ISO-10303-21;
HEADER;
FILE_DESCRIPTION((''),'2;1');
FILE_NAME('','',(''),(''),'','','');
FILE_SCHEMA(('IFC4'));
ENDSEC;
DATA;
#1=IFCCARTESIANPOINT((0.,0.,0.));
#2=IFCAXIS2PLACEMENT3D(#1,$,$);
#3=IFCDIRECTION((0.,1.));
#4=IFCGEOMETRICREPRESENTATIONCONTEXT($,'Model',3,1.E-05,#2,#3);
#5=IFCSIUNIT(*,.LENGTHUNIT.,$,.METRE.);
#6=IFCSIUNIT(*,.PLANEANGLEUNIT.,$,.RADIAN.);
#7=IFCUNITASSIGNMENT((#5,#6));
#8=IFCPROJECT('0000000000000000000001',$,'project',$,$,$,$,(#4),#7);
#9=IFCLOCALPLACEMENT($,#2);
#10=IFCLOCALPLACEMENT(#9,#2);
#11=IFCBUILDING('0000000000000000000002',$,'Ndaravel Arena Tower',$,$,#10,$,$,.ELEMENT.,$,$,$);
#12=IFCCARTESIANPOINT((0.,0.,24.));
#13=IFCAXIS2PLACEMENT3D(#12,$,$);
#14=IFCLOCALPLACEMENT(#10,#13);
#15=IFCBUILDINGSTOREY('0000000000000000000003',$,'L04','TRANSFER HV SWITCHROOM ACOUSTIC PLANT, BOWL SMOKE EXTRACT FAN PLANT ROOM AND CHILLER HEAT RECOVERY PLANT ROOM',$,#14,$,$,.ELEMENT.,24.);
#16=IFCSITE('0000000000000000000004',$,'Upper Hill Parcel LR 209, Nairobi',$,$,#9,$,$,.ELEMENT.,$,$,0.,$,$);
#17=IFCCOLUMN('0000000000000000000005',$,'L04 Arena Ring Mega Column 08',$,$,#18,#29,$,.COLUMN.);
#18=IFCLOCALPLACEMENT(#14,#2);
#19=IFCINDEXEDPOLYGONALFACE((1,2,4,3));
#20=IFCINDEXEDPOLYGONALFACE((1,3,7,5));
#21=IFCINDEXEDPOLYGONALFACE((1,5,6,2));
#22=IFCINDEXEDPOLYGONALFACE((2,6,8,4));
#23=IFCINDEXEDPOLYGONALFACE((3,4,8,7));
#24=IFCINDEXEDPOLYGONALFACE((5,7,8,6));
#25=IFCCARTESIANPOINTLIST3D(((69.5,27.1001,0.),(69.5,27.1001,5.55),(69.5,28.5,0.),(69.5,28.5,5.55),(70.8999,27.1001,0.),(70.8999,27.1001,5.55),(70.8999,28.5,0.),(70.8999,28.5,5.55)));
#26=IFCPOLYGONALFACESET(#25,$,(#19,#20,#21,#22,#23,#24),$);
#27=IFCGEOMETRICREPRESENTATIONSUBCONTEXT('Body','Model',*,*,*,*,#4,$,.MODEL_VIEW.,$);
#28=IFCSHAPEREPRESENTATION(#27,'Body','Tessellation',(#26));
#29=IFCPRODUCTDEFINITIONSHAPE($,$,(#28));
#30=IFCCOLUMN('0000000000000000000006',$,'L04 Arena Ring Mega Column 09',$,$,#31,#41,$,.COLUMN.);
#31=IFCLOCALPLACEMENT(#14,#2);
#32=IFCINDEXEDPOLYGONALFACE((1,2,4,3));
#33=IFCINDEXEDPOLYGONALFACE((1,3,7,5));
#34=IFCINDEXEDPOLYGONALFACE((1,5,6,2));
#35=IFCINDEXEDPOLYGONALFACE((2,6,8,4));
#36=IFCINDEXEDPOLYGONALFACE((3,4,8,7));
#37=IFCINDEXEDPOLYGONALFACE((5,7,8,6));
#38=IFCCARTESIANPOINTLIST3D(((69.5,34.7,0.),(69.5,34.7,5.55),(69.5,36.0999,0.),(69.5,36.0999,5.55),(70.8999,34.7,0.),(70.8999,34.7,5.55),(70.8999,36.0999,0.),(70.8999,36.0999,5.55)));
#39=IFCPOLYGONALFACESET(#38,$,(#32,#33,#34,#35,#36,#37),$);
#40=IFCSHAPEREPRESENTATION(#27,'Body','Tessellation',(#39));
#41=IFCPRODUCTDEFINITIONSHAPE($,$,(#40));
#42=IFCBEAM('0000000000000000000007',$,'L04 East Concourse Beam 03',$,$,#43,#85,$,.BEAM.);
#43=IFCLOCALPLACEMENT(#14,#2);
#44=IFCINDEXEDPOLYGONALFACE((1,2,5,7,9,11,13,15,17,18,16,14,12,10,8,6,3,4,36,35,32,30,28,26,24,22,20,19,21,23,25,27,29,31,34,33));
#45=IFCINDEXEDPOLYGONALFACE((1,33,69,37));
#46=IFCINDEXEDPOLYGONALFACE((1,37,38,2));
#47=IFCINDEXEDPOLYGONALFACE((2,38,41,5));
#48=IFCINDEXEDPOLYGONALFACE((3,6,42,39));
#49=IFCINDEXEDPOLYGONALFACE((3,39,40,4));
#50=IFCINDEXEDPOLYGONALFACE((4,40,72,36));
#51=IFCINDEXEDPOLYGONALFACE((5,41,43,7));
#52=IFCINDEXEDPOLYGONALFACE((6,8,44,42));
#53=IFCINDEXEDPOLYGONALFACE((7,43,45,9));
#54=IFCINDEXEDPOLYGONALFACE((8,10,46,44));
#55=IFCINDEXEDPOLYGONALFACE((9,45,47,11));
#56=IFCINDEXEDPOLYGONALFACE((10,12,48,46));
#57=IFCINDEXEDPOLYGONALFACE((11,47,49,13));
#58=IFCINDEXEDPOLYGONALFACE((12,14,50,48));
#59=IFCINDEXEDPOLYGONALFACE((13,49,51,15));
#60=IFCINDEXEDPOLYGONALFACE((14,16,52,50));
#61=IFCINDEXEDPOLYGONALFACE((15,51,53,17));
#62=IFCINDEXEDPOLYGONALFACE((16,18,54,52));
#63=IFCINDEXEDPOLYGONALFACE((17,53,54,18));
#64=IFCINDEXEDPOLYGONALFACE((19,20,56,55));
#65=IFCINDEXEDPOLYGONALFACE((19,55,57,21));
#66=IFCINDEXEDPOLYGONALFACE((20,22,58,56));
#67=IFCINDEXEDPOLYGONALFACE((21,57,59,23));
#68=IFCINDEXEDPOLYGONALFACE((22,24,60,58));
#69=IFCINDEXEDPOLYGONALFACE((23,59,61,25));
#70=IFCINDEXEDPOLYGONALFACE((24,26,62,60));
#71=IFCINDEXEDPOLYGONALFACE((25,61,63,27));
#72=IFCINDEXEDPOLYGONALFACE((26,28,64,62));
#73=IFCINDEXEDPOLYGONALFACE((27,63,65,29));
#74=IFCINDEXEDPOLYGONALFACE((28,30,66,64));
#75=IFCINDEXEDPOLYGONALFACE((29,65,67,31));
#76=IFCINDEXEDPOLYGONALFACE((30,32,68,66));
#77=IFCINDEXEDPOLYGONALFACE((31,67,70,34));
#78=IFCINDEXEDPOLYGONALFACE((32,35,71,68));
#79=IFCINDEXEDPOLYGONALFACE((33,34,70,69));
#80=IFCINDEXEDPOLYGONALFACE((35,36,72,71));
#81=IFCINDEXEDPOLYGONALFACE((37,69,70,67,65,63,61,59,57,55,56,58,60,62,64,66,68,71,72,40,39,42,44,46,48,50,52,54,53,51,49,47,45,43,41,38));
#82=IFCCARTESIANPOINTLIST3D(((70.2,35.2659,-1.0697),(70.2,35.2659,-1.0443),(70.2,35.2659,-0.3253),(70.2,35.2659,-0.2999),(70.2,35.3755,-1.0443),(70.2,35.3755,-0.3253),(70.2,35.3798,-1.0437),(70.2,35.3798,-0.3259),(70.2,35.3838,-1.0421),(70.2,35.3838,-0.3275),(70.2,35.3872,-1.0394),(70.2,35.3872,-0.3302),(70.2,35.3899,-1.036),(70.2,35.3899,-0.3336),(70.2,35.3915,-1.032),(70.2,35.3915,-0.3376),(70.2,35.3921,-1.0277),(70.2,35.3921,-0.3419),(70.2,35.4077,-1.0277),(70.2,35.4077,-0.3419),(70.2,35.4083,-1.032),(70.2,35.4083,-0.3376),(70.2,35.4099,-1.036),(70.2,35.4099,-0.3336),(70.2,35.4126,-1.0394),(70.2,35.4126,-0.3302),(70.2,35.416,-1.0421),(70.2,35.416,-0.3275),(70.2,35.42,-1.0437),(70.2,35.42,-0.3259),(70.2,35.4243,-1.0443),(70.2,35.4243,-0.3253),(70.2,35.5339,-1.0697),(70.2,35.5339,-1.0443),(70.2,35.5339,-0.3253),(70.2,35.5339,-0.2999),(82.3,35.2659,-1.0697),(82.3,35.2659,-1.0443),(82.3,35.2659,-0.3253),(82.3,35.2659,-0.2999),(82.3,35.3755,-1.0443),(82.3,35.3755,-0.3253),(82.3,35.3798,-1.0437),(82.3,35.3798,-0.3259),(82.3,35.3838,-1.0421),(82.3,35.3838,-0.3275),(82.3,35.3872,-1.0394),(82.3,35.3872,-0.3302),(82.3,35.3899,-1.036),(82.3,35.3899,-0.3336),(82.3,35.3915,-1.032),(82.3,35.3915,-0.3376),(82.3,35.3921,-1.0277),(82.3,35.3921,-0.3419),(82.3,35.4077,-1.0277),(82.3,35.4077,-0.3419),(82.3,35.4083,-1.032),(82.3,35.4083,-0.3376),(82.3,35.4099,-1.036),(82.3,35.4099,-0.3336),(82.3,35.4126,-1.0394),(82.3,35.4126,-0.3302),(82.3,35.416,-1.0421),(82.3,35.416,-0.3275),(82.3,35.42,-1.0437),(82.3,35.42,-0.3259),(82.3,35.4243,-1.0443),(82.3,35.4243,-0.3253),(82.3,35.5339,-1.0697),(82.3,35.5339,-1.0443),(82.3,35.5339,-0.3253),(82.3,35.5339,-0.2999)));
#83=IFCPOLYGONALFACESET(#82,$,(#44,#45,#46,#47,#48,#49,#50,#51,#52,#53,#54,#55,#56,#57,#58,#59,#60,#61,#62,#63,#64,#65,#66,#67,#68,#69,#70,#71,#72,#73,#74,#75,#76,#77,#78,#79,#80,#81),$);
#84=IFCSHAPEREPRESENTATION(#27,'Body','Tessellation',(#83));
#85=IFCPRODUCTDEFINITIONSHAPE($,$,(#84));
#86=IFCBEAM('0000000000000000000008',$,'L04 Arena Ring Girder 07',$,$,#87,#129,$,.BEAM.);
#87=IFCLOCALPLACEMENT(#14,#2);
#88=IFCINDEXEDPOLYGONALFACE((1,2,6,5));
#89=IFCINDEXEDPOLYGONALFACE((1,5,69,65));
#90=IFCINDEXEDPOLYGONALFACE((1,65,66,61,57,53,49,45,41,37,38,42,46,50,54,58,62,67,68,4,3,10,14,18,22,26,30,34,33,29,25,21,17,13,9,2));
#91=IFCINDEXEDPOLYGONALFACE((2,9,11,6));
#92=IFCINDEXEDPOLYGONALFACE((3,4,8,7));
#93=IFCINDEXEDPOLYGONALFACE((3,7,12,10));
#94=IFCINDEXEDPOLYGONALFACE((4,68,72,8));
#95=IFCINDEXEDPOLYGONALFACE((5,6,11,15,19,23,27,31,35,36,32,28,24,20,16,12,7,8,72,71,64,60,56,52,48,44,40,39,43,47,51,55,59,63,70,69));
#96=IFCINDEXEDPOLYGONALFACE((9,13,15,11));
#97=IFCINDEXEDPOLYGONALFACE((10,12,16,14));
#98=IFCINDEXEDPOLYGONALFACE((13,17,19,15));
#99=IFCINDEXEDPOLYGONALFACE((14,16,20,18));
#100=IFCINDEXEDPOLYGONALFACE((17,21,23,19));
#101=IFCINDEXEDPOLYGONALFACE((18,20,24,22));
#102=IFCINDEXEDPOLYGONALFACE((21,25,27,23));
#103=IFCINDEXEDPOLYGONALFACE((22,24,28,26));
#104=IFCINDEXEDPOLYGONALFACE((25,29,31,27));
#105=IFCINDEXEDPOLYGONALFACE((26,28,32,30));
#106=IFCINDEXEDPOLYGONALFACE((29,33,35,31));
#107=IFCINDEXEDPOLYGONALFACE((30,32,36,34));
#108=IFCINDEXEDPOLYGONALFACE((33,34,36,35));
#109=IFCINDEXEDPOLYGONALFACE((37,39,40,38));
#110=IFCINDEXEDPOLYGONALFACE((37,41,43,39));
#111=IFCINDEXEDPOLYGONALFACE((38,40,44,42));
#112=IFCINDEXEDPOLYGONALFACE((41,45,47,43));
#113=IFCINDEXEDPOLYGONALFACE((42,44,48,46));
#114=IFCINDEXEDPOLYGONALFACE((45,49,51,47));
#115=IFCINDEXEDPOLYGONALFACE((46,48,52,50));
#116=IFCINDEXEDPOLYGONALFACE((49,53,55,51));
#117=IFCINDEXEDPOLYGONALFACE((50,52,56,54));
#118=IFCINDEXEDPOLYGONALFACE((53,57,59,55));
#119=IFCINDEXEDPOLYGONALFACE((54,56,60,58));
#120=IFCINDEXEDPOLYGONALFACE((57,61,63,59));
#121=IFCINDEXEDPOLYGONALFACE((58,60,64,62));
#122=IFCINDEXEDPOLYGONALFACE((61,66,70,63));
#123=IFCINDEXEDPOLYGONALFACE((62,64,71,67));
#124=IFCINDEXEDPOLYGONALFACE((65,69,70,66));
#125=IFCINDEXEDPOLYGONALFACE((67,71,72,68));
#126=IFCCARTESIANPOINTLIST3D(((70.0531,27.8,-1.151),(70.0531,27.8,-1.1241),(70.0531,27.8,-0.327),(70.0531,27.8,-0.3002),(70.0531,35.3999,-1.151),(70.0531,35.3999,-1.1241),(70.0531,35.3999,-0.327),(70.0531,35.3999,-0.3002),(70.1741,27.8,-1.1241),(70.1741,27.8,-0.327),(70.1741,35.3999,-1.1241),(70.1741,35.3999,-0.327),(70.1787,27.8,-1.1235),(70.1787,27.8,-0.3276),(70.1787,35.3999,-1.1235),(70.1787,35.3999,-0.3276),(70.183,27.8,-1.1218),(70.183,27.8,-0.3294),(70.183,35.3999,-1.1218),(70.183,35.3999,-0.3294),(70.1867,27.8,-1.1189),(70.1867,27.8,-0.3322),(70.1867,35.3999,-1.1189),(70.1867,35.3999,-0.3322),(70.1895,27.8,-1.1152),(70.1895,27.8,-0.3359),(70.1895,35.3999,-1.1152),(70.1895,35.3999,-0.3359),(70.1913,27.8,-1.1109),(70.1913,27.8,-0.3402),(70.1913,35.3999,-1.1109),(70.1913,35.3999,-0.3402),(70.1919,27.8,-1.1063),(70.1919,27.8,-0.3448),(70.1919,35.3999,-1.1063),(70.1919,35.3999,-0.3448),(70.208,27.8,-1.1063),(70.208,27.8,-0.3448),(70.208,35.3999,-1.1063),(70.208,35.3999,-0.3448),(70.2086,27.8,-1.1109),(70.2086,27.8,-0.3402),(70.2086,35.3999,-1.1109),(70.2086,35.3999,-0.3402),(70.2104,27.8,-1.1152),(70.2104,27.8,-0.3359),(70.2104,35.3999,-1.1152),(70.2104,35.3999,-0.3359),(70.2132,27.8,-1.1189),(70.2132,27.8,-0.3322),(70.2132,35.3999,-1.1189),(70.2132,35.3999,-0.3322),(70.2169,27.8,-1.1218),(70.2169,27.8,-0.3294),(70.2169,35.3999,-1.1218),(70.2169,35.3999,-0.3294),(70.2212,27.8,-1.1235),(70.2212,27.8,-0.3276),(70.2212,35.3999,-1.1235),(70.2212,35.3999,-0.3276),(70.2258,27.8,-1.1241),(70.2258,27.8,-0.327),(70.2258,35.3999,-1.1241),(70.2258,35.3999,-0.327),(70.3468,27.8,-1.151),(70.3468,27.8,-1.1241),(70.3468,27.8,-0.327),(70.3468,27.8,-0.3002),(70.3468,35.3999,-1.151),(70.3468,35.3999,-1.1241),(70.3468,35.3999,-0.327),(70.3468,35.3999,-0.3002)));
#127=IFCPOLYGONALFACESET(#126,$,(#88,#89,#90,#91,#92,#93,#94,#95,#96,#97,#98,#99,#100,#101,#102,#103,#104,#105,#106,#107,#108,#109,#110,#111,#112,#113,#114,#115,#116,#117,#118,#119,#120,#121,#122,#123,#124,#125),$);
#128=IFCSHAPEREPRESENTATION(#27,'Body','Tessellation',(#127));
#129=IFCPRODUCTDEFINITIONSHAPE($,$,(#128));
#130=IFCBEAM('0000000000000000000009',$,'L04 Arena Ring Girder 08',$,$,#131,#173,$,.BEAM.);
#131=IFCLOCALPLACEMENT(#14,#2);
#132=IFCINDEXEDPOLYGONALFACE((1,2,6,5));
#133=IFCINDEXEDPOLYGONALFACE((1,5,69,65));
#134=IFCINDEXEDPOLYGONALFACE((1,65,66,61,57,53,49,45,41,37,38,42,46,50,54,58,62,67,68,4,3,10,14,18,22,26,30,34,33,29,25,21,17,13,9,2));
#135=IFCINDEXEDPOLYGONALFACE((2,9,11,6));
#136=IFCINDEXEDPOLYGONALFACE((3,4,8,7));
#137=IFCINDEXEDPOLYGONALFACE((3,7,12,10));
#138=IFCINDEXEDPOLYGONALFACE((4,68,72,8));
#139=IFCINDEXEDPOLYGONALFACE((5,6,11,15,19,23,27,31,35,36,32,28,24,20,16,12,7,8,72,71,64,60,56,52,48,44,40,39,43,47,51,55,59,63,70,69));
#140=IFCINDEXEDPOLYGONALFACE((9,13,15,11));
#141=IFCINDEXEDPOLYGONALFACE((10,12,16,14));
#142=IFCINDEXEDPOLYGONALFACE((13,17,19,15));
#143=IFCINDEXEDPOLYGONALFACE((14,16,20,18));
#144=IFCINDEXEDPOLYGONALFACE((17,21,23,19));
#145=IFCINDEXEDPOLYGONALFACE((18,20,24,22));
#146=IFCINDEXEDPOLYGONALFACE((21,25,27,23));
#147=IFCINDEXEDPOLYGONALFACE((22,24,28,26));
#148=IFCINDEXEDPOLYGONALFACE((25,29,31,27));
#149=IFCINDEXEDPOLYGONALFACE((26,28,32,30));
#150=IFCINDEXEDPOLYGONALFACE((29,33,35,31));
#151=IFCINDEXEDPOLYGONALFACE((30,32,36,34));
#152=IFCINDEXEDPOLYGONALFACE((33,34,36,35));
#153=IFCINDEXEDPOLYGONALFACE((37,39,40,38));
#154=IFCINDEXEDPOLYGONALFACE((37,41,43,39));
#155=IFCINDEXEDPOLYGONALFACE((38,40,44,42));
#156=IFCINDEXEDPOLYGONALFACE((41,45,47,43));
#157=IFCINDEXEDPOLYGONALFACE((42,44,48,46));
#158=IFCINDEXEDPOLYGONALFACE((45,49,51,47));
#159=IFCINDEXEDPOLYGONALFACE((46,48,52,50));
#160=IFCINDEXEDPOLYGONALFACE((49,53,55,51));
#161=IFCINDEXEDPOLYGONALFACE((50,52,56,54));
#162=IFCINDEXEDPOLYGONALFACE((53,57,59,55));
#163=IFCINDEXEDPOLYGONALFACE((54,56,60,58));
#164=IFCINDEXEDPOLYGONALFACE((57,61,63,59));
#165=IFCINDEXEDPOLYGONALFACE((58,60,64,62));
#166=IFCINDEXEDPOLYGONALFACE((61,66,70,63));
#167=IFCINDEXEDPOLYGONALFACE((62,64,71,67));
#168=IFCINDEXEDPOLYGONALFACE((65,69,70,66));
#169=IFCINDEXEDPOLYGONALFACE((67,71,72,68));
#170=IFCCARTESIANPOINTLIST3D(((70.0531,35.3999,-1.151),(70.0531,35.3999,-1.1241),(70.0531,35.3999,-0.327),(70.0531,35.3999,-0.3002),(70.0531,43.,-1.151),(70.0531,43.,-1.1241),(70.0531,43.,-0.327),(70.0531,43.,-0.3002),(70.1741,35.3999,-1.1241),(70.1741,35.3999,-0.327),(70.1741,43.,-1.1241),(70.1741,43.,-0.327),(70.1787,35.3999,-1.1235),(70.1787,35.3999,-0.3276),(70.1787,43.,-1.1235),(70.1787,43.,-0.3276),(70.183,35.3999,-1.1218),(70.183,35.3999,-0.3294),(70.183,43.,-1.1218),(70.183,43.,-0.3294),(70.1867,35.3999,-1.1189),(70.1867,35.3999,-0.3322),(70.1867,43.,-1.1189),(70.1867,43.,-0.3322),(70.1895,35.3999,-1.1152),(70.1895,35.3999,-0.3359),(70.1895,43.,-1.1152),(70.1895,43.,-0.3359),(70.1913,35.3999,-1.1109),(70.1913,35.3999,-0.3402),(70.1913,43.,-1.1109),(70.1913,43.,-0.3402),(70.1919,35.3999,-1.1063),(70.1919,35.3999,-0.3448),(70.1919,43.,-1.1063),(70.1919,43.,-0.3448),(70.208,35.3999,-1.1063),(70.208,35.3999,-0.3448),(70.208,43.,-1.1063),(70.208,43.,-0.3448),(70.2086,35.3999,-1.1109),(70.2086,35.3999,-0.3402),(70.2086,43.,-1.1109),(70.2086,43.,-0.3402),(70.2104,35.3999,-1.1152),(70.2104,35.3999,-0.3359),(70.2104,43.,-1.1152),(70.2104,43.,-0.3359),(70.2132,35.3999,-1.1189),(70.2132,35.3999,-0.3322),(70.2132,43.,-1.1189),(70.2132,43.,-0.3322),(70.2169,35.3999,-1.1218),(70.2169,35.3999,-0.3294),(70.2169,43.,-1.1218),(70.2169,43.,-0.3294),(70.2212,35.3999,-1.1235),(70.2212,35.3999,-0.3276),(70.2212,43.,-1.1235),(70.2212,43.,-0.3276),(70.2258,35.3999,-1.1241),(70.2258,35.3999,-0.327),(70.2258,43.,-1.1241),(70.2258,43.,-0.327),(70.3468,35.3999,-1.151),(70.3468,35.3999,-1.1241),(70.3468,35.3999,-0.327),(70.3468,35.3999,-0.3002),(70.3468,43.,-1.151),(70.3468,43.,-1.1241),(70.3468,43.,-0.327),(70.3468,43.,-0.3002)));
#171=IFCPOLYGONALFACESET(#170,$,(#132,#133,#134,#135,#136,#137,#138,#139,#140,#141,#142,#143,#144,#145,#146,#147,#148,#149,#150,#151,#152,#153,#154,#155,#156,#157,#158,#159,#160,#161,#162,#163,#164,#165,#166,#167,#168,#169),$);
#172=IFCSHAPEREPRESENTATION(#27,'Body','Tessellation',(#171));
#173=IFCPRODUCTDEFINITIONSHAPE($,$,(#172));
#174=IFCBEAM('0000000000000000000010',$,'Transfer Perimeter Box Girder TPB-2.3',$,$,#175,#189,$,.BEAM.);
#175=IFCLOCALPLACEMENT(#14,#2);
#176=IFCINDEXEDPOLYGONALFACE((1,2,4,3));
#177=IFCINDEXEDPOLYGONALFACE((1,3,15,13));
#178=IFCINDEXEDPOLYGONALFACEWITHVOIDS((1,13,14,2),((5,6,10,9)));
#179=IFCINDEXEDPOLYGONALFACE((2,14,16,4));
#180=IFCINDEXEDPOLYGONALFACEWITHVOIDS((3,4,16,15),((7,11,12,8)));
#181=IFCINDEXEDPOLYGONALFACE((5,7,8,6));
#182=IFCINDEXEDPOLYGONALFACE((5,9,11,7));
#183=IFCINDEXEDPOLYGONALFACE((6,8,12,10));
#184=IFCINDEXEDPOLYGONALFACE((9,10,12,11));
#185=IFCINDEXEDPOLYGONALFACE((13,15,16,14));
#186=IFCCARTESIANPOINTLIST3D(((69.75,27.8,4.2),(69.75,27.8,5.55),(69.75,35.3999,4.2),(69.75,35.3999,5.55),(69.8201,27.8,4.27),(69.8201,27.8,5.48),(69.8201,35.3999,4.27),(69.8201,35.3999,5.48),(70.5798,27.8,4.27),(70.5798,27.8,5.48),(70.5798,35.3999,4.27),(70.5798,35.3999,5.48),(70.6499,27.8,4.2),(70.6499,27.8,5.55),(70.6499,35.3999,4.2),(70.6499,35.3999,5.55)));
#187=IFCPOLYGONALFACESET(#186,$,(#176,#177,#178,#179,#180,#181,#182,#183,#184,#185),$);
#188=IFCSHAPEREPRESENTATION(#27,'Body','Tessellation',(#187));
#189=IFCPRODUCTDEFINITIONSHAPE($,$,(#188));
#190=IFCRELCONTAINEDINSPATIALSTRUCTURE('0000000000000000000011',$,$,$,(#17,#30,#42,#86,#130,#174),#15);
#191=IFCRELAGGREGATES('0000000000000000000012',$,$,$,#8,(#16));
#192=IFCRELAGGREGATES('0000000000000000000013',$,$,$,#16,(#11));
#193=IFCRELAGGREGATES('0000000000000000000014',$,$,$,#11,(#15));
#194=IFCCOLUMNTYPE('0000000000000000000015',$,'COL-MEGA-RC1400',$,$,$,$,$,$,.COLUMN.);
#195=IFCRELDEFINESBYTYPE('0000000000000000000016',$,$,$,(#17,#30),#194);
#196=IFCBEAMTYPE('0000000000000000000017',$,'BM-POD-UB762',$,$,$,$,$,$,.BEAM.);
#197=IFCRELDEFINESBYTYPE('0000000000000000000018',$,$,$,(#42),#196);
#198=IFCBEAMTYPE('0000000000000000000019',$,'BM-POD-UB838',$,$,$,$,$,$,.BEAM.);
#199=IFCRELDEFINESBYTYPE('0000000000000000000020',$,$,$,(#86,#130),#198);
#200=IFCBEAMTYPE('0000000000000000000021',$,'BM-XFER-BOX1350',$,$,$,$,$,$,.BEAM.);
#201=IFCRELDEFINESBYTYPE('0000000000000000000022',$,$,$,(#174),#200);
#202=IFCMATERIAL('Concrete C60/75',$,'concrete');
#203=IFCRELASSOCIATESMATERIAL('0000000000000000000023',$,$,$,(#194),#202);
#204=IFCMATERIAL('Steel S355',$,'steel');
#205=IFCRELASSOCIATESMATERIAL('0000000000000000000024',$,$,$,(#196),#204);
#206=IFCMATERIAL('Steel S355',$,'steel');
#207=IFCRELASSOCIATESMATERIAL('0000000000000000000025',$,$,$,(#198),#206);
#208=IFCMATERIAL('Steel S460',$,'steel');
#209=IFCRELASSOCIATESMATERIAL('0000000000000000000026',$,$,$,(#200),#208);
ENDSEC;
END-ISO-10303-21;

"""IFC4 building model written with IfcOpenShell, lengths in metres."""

from ifc_helpers import new_model, si_unit, direction, frame, origin, origin_2d, place, context, subcontext, project, spatial, rectangle, hollow_rectangle, i_section, extrude, material, material_profile, profile_set, type_object, element, save


model = new_model("IFC4")

# Units and contexts
model_context = context("Model", 3, precision=1e-05, world=origin(), true_north=direction((0.0, 1.0)))
body_context = subcontext(model_context, "Body", "Model", "MODEL_VIEW")
ifc_project = project(units=[si_unit("LENGTHUNIT", "METRE"), si_unit("PLANEANGLEUNIT", "RADIAN")], contexts=[model_context])

# Site, building, storey
site_placement = place(None, origin())
site = spatial("IfcSite", under=ifc_project, at=site_placement, Name="Upper Hill Parcel LR 209, Nairobi", CompositionType="ELEMENT", RefElevation=0.0)
building_placement = place(site_placement, origin())
building = spatial("IfcBuilding", under=site, at=building_placement, Name="Ndaravel Arena Tower", CompositionType="ELEMENT")
storey_placement = place(building_placement, frame((0.0, 0.0, 24.0)))
storey = spatial("IfcBuildingStorey", under=building, at=storey_placement, Name="L04", Description="TRANSFER HV SWITCHROOM ACOUSTIC PLANT, BOWL SMOKE EXTRACT FAN PLANT ROOM AND CHILLER HEAT RECOVERY PLANT ROOM", CompositionType="ELEMENT", Elevation=24.0)

# Columns
ifc_material_1 = material(Name="Concrete C60/75", Category="concrete")
ifc_material_profile_1 = material_profile(ifc_material_1, rectangle(XDim=1.3999, YDim=1.3999, at=origin_2d()), Name="RC 1400x1400")
ifc_profile_set_1 = profile_set([ifc_material_profile_1], Name="Concrete C60/75")
column_type = type_object("IfcColumnType", Name="COL-MEGA-RC1400", PredefinedType="COLUMN", material=ifc_profile_set_1)
for number, where, z_axis, x_axis, name in (
    (1, (70.2, 27.8, 0.0), (0.0, 0.0, 1.0), (1.0, 0.0, 0.0), "L04 Arena Ring Mega Column 08"),
    (2, (70.2, 35.3999, 0.0), (0.0, 0.0, 1.0), (1.0, 0.0, 0.0), "L04 Arena Ring Mega Column 09"),
):
    element("IfcColumn", number, at=place(storey_placement, frame(where, z_axis=z_axis, x_axis=x_axis)), inside=storey, type_object=column_type, Name=name, PredefinedType="COLUMN", context=body_context, shape_type="SweptSolid", body=[
        extrude(rectangle(XDim=1.3999, YDim=1.3999, at=origin_2d()), origin(), (0.0, 0.0, 1.0), 5.55),
    ])

# Beams
ifc_material_2 = material(Name="Steel S355", Category="steel")
ifc_material_profile_2 = material_profile(ifc_material_2, i_section(OverallWidth=0.2681, OverallDepth=0.7698, WebThickness=0.0156, FlangeThickness=0.0254, FilletRadius=0.0166, at=origin_2d()), Name="UB 762x267x197")
ifc_profile_set_2 = profile_set([ifc_material_profile_2], Name="Steel S355")
beam_type_1 = type_object("IfcBeamType", Name="BM-POD-UB762", PredefinedType="BEAM", material=ifc_profile_set_2)
beam_1_placement = place(storey_placement, frame((70.2, 35.3999, -0.6848), z_axis=(1.0, 0.0, 0.0), x_axis=(0.0, 1.0, 0.0)))
element("IfcBeam", 3, at=beam_1_placement, inside=storey, type_object=beam_type_1, Name="L04 East Concourse Beam 03", PredefinedType="BEAM", context=body_context, shape_type="SweptSolid", body=[
    extrude(i_section(OverallWidth=0.2681, OverallDepth=0.7698, WebThickness=0.0156, FlangeThickness=0.0254, FilletRadius=0.0166, at=origin_2d()), origin(), (0.0, 0.0, 1.0), 12.1001),
])
ifc_material_3 = material(Name="Steel S355", Category="steel")
ifc_material_profile_3 = material_profile(ifc_material_3, i_section(OverallWidth=0.2937, OverallDepth=0.8508, WebThickness=0.0161, FlangeThickness=0.0269, FilletRadius=0.0178, at=origin_2d()), Name="UB 838x292x226")
ifc_profile_set_3 = profile_set([ifc_material_profile_3], Name="Steel S355")
beam_type_2 = type_object("IfcBeamType", Name="BM-POD-UB838", PredefinedType="BEAM", material=ifc_profile_set_3)
beam_2_placement = place(storey_placement, frame((70.2, 27.8, -0.7256), z_axis=(0.0, 1.0, 0.0), x_axis=(-1.0, 0.0, 0.0)))
element("IfcBeam", 4, at=beam_2_placement, inside=storey, type_object=beam_type_2, Name="L04 Arena Ring Girder 07", PredefinedType="BEAM", context=body_context, shape_type="SweptSolid", body=[
    extrude(i_section(OverallWidth=0.2937, OverallDepth=0.8508, WebThickness=0.0161, FlangeThickness=0.0269, FilletRadius=0.0178, at=origin_2d()), origin(), (0.0, 0.0, 1.0), 7.5999),
])
beam_3_placement = place(storey_placement, frame((70.2, 35.3999, -0.7256), z_axis=(0.0, 1.0, 0.0), x_axis=(-1.0, 0.0, 0.0)))
element("IfcBeam", 5, at=beam_3_placement, inside=storey, type_object=beam_type_2, Name="L04 Arena Ring Girder 08", PredefinedType="BEAM", context=body_context, shape_type="SweptSolid", body=[
    extrude(i_section(OverallWidth=0.2937, OverallDepth=0.8508, WebThickness=0.0161, FlangeThickness=0.0269, FilletRadius=0.0178, at=origin_2d()), origin(), (0.0, 0.0, 1.0), 7.6001),
])
ifc_material_4 = material(Name="Steel S460", Category="steel")
ifc_material_profile_4 = material_profile(ifc_material_4, hollow_rectangle(XDim=0.8999, YDim=1.3501, WallThickness=0.0701, at=origin_2d()), Name="BOX 1350x900x70")
ifc_profile_set_4 = profile_set([ifc_material_profile_4], Name="Steel S460")
beam_type_3 = type_object("IfcBeamType", Name="BM-XFER-BOX1350", PredefinedType="BEAM", material=ifc_profile_set_4)
beam_4_placement = place(storey_placement, frame((70.2, 27.8, 4.875), z_axis=(0.0, 1.0, 0.0), x_axis=(-1.0, 0.0, 0.0)))
element("IfcBeam", 6, at=beam_4_placement, inside=storey, type_object=beam_type_3, Name="Transfer Perimeter Box Girder TPB-2.3", PredefinedType="BEAM", context=body_context, shape_type="SweptSolid", body=[
    extrude(hollow_rectangle(XDim=0.8999, YDim=1.3501, WallThickness=0.0701, at=origin_2d()), origin(), (0.0, 0.0, 1.0), 7.5999),
])

save(model, "model.ifc")
